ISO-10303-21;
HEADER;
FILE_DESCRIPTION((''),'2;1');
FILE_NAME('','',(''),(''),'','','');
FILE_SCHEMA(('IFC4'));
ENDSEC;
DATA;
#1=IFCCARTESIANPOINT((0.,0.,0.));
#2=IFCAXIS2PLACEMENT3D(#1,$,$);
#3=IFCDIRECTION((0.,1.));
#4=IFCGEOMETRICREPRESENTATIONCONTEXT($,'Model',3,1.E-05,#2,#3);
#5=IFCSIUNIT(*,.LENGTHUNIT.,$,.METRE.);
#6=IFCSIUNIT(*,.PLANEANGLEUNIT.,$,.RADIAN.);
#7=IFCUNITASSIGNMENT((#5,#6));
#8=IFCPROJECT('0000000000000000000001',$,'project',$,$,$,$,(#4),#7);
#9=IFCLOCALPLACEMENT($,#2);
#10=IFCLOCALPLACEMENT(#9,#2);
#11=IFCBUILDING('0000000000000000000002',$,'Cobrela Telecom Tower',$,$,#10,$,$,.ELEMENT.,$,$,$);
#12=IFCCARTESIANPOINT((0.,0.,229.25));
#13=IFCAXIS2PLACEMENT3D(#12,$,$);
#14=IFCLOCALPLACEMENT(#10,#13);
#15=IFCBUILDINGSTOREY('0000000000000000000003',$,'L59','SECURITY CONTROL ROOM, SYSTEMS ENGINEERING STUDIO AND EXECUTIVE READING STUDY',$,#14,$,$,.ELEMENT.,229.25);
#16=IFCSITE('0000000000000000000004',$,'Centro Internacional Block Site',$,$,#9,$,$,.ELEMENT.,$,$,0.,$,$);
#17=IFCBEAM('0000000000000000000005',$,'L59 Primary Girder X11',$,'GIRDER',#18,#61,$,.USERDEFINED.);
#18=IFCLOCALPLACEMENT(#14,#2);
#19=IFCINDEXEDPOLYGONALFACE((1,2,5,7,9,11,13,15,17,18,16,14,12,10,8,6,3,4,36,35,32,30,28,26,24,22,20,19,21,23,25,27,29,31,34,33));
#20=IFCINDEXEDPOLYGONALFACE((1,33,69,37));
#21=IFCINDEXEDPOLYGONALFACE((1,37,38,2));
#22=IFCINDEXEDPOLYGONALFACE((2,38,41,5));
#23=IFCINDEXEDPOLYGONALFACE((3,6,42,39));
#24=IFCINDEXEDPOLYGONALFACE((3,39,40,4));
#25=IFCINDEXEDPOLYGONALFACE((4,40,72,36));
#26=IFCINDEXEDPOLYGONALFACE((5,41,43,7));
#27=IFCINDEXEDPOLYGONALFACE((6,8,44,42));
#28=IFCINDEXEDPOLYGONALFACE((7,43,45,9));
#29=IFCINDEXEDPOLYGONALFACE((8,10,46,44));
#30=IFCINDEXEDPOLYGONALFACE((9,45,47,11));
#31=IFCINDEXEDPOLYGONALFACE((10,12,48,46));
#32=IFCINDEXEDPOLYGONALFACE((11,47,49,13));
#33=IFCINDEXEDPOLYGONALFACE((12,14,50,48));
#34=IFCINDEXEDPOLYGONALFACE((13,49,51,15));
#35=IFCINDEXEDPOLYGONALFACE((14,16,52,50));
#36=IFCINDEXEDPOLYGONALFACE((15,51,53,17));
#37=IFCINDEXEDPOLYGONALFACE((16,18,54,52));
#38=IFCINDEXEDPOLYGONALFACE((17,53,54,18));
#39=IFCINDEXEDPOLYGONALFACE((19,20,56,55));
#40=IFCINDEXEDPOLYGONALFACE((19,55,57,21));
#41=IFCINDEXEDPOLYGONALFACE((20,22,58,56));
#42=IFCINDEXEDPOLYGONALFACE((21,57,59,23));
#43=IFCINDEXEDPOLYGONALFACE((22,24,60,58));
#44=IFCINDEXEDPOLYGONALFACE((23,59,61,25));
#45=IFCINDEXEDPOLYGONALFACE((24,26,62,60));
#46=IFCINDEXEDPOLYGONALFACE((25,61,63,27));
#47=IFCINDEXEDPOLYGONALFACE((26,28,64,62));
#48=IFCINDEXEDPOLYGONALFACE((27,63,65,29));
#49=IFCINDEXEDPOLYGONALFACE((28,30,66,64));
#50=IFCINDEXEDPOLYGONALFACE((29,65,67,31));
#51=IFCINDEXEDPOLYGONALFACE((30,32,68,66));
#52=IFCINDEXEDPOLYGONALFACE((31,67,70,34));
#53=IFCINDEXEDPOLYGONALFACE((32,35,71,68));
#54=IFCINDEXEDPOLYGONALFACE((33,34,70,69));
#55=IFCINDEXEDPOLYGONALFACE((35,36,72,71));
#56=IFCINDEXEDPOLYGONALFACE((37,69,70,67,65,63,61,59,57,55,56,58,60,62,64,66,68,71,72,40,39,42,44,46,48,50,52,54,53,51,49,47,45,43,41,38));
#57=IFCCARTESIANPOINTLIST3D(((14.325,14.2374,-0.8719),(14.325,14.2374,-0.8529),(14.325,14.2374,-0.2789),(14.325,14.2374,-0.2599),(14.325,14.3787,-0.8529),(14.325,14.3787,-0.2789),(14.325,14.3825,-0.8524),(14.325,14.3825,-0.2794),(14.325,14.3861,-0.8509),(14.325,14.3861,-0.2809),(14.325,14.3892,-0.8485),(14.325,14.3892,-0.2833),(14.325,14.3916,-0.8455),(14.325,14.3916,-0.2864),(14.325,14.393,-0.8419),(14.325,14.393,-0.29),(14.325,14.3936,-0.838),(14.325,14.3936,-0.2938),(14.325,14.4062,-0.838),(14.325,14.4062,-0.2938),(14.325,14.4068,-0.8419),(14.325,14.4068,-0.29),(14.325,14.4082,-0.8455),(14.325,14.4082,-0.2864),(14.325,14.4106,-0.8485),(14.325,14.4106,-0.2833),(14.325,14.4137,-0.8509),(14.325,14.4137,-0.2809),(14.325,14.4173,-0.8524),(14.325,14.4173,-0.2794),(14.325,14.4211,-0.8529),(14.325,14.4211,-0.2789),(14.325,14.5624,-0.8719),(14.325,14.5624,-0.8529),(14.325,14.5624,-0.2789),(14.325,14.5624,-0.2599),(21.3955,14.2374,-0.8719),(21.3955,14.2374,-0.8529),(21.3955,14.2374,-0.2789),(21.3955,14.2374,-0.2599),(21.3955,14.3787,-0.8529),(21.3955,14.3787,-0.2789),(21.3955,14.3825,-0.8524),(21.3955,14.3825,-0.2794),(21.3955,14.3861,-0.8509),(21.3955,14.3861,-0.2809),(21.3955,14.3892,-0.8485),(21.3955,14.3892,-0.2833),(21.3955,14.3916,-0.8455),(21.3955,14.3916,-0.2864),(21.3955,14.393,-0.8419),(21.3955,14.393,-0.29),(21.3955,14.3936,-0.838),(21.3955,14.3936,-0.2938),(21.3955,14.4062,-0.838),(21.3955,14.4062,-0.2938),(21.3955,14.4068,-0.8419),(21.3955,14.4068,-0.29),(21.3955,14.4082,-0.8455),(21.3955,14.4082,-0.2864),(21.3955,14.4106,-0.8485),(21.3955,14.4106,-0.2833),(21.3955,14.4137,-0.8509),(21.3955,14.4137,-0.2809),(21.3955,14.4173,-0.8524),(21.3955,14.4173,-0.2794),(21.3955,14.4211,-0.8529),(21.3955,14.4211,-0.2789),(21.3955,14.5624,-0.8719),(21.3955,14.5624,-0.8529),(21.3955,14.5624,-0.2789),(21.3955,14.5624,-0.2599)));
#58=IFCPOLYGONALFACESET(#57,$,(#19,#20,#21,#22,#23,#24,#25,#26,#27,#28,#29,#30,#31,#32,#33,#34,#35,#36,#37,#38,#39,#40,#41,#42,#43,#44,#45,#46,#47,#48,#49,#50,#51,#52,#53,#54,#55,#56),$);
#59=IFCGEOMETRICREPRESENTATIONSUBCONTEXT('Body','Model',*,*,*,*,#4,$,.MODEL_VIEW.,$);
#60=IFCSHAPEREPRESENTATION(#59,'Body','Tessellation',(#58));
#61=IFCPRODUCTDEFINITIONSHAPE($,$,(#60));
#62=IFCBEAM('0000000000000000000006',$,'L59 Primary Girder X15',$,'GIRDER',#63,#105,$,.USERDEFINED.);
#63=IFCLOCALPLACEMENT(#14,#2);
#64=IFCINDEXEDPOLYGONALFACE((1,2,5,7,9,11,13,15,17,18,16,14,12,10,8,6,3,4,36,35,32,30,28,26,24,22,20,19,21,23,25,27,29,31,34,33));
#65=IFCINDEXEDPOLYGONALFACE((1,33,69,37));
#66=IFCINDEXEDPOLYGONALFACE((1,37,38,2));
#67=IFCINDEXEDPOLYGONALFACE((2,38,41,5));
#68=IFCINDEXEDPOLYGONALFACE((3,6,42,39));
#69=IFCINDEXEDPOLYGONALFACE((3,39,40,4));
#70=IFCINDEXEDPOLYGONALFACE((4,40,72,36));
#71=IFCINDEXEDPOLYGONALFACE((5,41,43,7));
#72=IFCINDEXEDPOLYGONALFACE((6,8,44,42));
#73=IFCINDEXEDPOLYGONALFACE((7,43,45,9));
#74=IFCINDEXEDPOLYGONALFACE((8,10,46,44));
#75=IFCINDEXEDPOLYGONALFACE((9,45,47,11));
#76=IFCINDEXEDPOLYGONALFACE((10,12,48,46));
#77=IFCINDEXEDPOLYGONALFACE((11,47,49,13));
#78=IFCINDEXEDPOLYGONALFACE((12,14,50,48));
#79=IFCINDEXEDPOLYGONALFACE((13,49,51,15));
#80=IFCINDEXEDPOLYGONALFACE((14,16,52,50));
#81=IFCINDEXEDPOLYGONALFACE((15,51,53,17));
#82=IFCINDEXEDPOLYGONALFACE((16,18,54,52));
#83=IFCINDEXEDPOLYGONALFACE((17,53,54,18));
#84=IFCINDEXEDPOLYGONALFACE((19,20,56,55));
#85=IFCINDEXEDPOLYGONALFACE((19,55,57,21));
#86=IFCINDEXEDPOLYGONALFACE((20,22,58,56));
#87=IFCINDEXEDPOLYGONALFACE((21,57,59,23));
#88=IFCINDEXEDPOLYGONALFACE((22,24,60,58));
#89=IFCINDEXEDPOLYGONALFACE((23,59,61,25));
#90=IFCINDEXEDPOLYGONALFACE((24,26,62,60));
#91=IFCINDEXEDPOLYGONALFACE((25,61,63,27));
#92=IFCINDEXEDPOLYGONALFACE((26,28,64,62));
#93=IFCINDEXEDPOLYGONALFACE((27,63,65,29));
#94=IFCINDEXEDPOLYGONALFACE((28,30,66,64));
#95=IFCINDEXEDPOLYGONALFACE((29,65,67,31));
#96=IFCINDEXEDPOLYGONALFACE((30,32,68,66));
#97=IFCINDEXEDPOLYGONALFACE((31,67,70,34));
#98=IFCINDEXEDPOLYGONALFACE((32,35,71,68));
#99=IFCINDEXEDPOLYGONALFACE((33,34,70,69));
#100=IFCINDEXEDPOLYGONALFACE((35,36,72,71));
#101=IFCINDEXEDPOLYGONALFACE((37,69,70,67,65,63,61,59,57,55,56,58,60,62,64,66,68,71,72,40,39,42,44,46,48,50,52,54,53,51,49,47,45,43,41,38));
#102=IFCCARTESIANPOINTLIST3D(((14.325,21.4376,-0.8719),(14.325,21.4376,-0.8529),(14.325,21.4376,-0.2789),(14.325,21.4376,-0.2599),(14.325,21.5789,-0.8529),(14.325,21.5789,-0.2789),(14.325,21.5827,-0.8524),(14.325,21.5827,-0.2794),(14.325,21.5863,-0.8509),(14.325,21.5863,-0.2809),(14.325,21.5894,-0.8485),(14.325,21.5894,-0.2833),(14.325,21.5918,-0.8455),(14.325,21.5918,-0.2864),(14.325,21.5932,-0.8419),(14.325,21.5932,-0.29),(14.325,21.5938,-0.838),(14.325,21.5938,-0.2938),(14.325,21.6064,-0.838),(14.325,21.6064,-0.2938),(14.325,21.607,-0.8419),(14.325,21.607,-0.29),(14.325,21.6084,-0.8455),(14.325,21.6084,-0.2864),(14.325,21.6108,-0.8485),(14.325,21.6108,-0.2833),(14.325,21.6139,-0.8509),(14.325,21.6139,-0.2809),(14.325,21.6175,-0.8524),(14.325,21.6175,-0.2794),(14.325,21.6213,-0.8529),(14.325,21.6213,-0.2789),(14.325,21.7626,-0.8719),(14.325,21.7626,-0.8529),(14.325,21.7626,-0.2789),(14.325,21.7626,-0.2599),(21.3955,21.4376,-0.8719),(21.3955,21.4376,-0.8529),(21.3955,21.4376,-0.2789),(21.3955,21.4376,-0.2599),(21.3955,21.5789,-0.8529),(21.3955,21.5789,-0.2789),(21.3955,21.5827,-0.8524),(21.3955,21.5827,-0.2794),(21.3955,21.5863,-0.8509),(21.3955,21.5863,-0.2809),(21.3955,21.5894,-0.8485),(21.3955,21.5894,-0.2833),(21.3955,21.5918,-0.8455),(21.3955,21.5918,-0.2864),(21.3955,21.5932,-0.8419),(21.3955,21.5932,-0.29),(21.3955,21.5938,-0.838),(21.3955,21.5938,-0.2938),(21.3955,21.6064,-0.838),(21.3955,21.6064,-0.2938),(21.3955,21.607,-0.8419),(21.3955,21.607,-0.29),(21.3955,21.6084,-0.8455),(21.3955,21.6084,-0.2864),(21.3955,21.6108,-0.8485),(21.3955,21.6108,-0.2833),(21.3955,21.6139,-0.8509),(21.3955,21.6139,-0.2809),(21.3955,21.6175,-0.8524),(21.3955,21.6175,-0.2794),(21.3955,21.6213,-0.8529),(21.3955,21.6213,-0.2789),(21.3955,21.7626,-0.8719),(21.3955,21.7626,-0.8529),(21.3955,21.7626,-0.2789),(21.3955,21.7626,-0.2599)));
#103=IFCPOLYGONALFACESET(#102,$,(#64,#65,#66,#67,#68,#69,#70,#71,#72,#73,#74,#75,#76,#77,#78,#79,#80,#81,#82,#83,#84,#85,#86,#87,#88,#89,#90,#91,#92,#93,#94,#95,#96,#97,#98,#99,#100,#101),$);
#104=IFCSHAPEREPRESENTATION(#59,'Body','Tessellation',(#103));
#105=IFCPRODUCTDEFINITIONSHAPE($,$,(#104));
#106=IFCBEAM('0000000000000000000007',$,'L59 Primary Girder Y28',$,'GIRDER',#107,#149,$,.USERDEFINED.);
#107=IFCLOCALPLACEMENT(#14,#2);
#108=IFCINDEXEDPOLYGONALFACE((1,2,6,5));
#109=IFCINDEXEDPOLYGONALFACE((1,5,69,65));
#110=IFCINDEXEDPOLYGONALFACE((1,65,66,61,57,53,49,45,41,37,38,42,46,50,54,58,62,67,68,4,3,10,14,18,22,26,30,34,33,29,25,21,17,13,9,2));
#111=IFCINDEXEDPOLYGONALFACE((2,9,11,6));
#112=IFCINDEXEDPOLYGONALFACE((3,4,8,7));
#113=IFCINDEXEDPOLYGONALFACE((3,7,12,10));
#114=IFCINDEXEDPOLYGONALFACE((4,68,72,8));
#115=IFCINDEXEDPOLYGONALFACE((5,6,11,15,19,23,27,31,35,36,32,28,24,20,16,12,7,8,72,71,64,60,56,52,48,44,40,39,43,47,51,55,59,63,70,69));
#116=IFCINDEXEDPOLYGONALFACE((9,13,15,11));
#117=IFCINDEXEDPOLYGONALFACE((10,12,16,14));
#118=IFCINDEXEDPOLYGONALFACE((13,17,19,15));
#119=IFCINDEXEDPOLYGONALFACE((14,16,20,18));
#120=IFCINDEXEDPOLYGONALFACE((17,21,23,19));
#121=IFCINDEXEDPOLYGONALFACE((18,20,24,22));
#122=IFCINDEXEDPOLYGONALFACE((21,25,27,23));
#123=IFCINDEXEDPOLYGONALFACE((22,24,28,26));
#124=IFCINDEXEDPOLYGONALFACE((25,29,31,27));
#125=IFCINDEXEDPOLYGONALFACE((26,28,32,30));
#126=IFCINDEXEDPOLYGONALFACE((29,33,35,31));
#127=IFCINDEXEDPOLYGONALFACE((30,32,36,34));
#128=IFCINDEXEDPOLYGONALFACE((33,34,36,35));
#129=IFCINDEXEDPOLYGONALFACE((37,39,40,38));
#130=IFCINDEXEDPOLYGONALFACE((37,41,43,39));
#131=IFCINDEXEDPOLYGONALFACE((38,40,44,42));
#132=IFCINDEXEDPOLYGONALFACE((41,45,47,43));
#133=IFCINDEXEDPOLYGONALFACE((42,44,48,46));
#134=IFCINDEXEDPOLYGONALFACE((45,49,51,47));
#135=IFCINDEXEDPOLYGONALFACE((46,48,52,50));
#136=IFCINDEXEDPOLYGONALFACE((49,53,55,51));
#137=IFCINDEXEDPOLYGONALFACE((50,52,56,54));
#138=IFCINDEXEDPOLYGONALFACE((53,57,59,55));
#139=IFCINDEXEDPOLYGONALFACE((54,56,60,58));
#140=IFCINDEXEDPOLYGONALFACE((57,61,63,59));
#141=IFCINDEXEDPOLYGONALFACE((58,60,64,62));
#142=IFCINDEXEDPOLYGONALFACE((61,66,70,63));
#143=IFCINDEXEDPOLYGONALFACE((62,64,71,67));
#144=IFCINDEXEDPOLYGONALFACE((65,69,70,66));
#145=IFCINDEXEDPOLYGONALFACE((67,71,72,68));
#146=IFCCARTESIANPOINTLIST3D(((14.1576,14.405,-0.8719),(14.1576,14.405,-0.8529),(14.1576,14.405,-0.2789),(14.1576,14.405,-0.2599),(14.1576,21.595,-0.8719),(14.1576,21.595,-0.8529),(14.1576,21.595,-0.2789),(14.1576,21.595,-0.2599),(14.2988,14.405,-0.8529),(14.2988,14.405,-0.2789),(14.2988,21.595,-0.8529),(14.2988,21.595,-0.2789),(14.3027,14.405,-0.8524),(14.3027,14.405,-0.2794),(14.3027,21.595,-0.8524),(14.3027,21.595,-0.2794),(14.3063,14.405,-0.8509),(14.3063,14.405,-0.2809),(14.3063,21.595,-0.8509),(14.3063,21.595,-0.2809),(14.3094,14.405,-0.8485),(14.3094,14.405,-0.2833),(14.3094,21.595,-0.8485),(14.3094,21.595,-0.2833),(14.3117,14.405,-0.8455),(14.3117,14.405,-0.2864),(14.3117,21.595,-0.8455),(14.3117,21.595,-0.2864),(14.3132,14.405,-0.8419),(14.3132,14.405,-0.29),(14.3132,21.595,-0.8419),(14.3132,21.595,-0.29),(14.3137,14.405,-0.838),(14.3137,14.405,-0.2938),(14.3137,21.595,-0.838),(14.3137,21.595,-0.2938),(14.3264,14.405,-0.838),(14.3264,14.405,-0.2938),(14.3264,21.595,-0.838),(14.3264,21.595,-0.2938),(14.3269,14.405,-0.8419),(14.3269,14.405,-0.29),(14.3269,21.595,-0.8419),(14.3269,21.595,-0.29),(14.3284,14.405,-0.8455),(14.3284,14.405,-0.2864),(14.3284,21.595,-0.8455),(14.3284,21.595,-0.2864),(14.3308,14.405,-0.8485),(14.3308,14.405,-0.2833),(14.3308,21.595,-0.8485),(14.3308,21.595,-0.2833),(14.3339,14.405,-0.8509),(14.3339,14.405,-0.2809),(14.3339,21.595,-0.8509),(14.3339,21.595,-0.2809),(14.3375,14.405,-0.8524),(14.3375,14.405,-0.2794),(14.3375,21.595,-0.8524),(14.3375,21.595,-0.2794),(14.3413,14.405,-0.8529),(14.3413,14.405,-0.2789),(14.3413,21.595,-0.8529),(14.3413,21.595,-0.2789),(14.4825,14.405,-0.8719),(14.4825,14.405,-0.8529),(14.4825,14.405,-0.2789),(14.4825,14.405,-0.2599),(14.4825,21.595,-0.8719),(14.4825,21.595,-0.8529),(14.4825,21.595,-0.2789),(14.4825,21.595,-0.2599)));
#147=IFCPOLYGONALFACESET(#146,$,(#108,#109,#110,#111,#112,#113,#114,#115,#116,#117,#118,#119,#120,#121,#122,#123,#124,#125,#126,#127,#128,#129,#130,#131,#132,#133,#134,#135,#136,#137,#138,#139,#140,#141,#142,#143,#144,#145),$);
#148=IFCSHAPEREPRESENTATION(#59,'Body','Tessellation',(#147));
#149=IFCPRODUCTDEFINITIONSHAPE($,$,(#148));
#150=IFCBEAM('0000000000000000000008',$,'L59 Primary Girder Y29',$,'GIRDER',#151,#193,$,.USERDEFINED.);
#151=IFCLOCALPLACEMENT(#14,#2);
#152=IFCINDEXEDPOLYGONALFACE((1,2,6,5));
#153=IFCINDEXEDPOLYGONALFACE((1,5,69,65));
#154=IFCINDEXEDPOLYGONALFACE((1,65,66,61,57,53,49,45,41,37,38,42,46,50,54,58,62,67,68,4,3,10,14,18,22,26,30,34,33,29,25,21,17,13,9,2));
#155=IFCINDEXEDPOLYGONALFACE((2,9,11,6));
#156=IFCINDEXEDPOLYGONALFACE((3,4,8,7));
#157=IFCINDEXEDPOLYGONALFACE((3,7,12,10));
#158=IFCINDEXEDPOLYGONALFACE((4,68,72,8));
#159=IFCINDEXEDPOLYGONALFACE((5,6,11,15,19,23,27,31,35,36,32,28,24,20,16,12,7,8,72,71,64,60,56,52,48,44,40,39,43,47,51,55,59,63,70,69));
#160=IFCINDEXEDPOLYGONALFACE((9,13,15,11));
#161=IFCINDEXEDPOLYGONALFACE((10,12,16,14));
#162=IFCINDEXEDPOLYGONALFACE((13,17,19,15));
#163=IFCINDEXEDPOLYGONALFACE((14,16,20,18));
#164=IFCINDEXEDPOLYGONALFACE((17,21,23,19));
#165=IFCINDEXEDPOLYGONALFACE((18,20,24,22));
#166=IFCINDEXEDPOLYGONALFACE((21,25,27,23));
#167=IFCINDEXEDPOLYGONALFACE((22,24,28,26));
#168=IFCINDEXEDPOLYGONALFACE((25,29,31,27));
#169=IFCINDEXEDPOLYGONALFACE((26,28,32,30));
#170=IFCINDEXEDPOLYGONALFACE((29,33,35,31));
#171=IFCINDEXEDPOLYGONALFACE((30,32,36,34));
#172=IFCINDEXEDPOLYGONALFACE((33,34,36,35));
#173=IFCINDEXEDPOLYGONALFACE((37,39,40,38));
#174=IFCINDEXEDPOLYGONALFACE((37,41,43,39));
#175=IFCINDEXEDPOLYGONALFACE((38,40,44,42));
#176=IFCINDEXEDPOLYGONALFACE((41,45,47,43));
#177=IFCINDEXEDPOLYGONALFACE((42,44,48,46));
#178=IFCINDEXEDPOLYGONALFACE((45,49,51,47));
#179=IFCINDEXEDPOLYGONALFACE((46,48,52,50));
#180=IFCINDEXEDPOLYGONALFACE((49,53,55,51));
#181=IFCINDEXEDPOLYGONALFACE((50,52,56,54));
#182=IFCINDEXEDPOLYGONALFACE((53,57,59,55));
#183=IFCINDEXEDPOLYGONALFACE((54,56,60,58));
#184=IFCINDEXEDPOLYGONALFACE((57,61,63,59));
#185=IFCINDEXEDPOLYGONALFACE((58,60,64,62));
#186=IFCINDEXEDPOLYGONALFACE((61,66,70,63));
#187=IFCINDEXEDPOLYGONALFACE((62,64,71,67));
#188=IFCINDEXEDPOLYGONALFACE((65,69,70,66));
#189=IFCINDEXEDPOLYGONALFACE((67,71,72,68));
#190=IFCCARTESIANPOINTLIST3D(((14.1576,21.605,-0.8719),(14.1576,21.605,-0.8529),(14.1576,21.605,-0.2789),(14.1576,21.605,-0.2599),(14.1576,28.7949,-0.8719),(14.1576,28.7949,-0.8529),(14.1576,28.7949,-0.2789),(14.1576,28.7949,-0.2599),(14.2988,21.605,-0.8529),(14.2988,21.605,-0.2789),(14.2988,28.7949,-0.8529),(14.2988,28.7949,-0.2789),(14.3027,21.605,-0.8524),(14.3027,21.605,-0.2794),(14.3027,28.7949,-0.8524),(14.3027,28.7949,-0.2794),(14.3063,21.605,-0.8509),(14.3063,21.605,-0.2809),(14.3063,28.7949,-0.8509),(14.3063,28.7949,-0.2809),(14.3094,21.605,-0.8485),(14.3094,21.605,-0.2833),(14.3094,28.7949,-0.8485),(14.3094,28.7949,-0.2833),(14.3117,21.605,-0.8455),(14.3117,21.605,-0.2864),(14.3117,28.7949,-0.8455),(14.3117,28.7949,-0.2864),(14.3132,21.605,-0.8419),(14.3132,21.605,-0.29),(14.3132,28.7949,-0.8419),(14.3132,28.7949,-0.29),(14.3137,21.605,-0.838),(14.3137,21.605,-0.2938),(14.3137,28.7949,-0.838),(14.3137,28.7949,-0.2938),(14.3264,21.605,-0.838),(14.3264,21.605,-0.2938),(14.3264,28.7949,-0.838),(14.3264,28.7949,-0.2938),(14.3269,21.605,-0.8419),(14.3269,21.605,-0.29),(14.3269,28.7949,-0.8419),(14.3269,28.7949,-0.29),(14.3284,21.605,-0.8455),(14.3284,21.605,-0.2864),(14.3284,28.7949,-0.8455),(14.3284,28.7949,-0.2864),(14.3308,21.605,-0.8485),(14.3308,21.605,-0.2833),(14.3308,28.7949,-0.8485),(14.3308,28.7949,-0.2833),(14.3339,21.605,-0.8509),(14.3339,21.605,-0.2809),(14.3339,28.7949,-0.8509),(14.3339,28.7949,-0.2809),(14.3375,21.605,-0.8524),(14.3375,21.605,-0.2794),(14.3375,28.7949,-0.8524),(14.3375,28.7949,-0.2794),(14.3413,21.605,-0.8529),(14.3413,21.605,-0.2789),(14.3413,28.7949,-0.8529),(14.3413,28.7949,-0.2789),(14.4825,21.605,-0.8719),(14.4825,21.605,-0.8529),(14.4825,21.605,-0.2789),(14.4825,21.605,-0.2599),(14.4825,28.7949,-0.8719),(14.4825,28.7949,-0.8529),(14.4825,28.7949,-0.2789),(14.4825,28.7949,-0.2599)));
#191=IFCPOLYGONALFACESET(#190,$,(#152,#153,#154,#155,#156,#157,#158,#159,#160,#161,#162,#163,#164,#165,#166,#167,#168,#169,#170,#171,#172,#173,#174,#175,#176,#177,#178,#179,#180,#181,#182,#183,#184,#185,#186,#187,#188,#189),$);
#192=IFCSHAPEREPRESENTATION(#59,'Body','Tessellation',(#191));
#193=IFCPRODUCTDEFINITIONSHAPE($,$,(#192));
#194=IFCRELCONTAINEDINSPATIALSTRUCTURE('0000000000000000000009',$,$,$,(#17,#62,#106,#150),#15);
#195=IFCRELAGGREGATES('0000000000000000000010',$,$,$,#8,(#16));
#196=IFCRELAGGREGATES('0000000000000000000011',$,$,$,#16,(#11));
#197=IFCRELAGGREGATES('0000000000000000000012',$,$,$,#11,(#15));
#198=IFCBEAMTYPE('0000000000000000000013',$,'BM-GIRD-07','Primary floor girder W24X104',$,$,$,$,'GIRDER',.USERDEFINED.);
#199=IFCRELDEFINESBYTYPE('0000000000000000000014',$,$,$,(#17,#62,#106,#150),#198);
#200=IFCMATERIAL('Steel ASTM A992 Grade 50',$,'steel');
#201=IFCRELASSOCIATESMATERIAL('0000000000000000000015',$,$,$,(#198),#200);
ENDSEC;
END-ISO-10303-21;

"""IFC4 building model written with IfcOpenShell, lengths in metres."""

from ifc_helpers import new_model, si_unit, direction, frame, origin, origin_2d, place, context, subcontext, project, spatial, i_section, extrude, material, material_profile, profile_set, type_object, element, save


model = new_model("IFC4")

# Units and contexts
model_context = context("Model", 3, precision=1e-05, world=origin(), true_north=direction((0.0, 1.0)))
body_context = subcontext(model_context, "Body", "Model", "MODEL_VIEW")
ifc_project = project(units=[si_unit("LENGTHUNIT", "METRE"), si_unit("PLANEANGLEUNIT", "RADIAN")], contexts=[model_context])

# Site, building, storey
site_placement = place(None, origin())
site = spatial("IfcSite", under=ifc_project, at=site_placement, Name="Centro Internacional Block Site", CompositionType="ELEMENT", RefElevation=0.0)
building_placement = place(site_placement, origin())
building = spatial("IfcBuilding", under=site, at=building_placement, Name="Cobrela Telecom Tower", CompositionType="ELEMENT")
storey_placement = place(building_placement, frame((0.0, 0.0, 229.25)))
storey = spatial("IfcBuildingStorey", under=building, at=storey_placement, Name="L59", Description="SECURITY CONTROL ROOM, SYSTEMS ENGINEERING STUDIO AND EXECUTIVE READING STUDY", CompositionType="ELEMENT", Elevation=229.25)

# Beams
ifc_material_1 = material(Name="Steel ASTM A992 Grade 50", Category="steel")
ifc_material_profile_1 = material_profile(ifc_material_1, i_section(OverallWidth=0.325, OverallDepth=0.6121, WebThickness=0.0127, FlangeThickness=0.019, FilletRadius=0.0149, at=origin_2d()), Name="W24X104")
ifc_profile_set_1 = profile_set([ifc_material_profile_1], Name="Steel ASTM A992 Grade 50")
beam_type_1 = type_object("IfcBeamType", Name="BM-GIRD-07", Description="Primary floor girder W24X104", ElementType="GIRDER", PredefinedType="USERDEFINED", material=ifc_profile_set_1)
for number, where, z_axis, x_axis, name in (
    (1, (14.325, 14.3999, -0.5659), (1.0, 0.0, 0.0), (0.0, 1.0, 0.0), "L59 Primary Girder X11"),
    (2, (14.325, 21.6001, -0.5659), (1.0, 0.0, 0.0), (0.0, 1.0, 0.0), "L59 Primary Girder X15"),
):
    element("IfcBeam", number, at=place(storey_placement, frame(where, z_axis=z_axis, x_axis=x_axis)), inside=storey, type_object=beam_type_1, Name=name, ObjectType="GIRDER", PredefinedType="USERDEFINED", context=body_context, shape_type="SweptSolid", body=[
        extrude(i_section(OverallWidth=0.325, OverallDepth=0.6121, WebThickness=0.0127, FlangeThickness=0.019, FilletRadius=0.0149, at=origin_2d()), origin(), (0.0, 0.0, 1.0), 7.0706),
    ])
for number, where, z_axis, x_axis, name in (
    (3, (14.3201, 14.405, -0.5659), (0.0, 1.0, 0.0), (-1.0, 0.0, 0.0), "L59 Primary Girder Y28"),
    (4, (14.3201, 21.605, -0.5659), (0.0, 1.0, 0.0), (-1.0, 0.0, 0.0), "L59 Primary Girder Y29"),
):
    element("IfcBeam", number, at=place(storey_placement, frame(where, z_axis=z_axis, x_axis=x_axis)), inside=storey, type_object=beam_type_1, Name=name, ObjectType="GIRDER", PredefinedType="USERDEFINED", context=body_context, shape_type="SweptSolid", body=[
        extrude(i_section(OverallWidth=0.325, OverallDepth=0.6121, WebThickness=0.0127, FlangeThickness=0.019, FilletRadius=0.0149, at=origin_2d()), origin(), (0.0, 0.0, 1.0), 7.1899),
    ])

save(model, "model.ifc")
